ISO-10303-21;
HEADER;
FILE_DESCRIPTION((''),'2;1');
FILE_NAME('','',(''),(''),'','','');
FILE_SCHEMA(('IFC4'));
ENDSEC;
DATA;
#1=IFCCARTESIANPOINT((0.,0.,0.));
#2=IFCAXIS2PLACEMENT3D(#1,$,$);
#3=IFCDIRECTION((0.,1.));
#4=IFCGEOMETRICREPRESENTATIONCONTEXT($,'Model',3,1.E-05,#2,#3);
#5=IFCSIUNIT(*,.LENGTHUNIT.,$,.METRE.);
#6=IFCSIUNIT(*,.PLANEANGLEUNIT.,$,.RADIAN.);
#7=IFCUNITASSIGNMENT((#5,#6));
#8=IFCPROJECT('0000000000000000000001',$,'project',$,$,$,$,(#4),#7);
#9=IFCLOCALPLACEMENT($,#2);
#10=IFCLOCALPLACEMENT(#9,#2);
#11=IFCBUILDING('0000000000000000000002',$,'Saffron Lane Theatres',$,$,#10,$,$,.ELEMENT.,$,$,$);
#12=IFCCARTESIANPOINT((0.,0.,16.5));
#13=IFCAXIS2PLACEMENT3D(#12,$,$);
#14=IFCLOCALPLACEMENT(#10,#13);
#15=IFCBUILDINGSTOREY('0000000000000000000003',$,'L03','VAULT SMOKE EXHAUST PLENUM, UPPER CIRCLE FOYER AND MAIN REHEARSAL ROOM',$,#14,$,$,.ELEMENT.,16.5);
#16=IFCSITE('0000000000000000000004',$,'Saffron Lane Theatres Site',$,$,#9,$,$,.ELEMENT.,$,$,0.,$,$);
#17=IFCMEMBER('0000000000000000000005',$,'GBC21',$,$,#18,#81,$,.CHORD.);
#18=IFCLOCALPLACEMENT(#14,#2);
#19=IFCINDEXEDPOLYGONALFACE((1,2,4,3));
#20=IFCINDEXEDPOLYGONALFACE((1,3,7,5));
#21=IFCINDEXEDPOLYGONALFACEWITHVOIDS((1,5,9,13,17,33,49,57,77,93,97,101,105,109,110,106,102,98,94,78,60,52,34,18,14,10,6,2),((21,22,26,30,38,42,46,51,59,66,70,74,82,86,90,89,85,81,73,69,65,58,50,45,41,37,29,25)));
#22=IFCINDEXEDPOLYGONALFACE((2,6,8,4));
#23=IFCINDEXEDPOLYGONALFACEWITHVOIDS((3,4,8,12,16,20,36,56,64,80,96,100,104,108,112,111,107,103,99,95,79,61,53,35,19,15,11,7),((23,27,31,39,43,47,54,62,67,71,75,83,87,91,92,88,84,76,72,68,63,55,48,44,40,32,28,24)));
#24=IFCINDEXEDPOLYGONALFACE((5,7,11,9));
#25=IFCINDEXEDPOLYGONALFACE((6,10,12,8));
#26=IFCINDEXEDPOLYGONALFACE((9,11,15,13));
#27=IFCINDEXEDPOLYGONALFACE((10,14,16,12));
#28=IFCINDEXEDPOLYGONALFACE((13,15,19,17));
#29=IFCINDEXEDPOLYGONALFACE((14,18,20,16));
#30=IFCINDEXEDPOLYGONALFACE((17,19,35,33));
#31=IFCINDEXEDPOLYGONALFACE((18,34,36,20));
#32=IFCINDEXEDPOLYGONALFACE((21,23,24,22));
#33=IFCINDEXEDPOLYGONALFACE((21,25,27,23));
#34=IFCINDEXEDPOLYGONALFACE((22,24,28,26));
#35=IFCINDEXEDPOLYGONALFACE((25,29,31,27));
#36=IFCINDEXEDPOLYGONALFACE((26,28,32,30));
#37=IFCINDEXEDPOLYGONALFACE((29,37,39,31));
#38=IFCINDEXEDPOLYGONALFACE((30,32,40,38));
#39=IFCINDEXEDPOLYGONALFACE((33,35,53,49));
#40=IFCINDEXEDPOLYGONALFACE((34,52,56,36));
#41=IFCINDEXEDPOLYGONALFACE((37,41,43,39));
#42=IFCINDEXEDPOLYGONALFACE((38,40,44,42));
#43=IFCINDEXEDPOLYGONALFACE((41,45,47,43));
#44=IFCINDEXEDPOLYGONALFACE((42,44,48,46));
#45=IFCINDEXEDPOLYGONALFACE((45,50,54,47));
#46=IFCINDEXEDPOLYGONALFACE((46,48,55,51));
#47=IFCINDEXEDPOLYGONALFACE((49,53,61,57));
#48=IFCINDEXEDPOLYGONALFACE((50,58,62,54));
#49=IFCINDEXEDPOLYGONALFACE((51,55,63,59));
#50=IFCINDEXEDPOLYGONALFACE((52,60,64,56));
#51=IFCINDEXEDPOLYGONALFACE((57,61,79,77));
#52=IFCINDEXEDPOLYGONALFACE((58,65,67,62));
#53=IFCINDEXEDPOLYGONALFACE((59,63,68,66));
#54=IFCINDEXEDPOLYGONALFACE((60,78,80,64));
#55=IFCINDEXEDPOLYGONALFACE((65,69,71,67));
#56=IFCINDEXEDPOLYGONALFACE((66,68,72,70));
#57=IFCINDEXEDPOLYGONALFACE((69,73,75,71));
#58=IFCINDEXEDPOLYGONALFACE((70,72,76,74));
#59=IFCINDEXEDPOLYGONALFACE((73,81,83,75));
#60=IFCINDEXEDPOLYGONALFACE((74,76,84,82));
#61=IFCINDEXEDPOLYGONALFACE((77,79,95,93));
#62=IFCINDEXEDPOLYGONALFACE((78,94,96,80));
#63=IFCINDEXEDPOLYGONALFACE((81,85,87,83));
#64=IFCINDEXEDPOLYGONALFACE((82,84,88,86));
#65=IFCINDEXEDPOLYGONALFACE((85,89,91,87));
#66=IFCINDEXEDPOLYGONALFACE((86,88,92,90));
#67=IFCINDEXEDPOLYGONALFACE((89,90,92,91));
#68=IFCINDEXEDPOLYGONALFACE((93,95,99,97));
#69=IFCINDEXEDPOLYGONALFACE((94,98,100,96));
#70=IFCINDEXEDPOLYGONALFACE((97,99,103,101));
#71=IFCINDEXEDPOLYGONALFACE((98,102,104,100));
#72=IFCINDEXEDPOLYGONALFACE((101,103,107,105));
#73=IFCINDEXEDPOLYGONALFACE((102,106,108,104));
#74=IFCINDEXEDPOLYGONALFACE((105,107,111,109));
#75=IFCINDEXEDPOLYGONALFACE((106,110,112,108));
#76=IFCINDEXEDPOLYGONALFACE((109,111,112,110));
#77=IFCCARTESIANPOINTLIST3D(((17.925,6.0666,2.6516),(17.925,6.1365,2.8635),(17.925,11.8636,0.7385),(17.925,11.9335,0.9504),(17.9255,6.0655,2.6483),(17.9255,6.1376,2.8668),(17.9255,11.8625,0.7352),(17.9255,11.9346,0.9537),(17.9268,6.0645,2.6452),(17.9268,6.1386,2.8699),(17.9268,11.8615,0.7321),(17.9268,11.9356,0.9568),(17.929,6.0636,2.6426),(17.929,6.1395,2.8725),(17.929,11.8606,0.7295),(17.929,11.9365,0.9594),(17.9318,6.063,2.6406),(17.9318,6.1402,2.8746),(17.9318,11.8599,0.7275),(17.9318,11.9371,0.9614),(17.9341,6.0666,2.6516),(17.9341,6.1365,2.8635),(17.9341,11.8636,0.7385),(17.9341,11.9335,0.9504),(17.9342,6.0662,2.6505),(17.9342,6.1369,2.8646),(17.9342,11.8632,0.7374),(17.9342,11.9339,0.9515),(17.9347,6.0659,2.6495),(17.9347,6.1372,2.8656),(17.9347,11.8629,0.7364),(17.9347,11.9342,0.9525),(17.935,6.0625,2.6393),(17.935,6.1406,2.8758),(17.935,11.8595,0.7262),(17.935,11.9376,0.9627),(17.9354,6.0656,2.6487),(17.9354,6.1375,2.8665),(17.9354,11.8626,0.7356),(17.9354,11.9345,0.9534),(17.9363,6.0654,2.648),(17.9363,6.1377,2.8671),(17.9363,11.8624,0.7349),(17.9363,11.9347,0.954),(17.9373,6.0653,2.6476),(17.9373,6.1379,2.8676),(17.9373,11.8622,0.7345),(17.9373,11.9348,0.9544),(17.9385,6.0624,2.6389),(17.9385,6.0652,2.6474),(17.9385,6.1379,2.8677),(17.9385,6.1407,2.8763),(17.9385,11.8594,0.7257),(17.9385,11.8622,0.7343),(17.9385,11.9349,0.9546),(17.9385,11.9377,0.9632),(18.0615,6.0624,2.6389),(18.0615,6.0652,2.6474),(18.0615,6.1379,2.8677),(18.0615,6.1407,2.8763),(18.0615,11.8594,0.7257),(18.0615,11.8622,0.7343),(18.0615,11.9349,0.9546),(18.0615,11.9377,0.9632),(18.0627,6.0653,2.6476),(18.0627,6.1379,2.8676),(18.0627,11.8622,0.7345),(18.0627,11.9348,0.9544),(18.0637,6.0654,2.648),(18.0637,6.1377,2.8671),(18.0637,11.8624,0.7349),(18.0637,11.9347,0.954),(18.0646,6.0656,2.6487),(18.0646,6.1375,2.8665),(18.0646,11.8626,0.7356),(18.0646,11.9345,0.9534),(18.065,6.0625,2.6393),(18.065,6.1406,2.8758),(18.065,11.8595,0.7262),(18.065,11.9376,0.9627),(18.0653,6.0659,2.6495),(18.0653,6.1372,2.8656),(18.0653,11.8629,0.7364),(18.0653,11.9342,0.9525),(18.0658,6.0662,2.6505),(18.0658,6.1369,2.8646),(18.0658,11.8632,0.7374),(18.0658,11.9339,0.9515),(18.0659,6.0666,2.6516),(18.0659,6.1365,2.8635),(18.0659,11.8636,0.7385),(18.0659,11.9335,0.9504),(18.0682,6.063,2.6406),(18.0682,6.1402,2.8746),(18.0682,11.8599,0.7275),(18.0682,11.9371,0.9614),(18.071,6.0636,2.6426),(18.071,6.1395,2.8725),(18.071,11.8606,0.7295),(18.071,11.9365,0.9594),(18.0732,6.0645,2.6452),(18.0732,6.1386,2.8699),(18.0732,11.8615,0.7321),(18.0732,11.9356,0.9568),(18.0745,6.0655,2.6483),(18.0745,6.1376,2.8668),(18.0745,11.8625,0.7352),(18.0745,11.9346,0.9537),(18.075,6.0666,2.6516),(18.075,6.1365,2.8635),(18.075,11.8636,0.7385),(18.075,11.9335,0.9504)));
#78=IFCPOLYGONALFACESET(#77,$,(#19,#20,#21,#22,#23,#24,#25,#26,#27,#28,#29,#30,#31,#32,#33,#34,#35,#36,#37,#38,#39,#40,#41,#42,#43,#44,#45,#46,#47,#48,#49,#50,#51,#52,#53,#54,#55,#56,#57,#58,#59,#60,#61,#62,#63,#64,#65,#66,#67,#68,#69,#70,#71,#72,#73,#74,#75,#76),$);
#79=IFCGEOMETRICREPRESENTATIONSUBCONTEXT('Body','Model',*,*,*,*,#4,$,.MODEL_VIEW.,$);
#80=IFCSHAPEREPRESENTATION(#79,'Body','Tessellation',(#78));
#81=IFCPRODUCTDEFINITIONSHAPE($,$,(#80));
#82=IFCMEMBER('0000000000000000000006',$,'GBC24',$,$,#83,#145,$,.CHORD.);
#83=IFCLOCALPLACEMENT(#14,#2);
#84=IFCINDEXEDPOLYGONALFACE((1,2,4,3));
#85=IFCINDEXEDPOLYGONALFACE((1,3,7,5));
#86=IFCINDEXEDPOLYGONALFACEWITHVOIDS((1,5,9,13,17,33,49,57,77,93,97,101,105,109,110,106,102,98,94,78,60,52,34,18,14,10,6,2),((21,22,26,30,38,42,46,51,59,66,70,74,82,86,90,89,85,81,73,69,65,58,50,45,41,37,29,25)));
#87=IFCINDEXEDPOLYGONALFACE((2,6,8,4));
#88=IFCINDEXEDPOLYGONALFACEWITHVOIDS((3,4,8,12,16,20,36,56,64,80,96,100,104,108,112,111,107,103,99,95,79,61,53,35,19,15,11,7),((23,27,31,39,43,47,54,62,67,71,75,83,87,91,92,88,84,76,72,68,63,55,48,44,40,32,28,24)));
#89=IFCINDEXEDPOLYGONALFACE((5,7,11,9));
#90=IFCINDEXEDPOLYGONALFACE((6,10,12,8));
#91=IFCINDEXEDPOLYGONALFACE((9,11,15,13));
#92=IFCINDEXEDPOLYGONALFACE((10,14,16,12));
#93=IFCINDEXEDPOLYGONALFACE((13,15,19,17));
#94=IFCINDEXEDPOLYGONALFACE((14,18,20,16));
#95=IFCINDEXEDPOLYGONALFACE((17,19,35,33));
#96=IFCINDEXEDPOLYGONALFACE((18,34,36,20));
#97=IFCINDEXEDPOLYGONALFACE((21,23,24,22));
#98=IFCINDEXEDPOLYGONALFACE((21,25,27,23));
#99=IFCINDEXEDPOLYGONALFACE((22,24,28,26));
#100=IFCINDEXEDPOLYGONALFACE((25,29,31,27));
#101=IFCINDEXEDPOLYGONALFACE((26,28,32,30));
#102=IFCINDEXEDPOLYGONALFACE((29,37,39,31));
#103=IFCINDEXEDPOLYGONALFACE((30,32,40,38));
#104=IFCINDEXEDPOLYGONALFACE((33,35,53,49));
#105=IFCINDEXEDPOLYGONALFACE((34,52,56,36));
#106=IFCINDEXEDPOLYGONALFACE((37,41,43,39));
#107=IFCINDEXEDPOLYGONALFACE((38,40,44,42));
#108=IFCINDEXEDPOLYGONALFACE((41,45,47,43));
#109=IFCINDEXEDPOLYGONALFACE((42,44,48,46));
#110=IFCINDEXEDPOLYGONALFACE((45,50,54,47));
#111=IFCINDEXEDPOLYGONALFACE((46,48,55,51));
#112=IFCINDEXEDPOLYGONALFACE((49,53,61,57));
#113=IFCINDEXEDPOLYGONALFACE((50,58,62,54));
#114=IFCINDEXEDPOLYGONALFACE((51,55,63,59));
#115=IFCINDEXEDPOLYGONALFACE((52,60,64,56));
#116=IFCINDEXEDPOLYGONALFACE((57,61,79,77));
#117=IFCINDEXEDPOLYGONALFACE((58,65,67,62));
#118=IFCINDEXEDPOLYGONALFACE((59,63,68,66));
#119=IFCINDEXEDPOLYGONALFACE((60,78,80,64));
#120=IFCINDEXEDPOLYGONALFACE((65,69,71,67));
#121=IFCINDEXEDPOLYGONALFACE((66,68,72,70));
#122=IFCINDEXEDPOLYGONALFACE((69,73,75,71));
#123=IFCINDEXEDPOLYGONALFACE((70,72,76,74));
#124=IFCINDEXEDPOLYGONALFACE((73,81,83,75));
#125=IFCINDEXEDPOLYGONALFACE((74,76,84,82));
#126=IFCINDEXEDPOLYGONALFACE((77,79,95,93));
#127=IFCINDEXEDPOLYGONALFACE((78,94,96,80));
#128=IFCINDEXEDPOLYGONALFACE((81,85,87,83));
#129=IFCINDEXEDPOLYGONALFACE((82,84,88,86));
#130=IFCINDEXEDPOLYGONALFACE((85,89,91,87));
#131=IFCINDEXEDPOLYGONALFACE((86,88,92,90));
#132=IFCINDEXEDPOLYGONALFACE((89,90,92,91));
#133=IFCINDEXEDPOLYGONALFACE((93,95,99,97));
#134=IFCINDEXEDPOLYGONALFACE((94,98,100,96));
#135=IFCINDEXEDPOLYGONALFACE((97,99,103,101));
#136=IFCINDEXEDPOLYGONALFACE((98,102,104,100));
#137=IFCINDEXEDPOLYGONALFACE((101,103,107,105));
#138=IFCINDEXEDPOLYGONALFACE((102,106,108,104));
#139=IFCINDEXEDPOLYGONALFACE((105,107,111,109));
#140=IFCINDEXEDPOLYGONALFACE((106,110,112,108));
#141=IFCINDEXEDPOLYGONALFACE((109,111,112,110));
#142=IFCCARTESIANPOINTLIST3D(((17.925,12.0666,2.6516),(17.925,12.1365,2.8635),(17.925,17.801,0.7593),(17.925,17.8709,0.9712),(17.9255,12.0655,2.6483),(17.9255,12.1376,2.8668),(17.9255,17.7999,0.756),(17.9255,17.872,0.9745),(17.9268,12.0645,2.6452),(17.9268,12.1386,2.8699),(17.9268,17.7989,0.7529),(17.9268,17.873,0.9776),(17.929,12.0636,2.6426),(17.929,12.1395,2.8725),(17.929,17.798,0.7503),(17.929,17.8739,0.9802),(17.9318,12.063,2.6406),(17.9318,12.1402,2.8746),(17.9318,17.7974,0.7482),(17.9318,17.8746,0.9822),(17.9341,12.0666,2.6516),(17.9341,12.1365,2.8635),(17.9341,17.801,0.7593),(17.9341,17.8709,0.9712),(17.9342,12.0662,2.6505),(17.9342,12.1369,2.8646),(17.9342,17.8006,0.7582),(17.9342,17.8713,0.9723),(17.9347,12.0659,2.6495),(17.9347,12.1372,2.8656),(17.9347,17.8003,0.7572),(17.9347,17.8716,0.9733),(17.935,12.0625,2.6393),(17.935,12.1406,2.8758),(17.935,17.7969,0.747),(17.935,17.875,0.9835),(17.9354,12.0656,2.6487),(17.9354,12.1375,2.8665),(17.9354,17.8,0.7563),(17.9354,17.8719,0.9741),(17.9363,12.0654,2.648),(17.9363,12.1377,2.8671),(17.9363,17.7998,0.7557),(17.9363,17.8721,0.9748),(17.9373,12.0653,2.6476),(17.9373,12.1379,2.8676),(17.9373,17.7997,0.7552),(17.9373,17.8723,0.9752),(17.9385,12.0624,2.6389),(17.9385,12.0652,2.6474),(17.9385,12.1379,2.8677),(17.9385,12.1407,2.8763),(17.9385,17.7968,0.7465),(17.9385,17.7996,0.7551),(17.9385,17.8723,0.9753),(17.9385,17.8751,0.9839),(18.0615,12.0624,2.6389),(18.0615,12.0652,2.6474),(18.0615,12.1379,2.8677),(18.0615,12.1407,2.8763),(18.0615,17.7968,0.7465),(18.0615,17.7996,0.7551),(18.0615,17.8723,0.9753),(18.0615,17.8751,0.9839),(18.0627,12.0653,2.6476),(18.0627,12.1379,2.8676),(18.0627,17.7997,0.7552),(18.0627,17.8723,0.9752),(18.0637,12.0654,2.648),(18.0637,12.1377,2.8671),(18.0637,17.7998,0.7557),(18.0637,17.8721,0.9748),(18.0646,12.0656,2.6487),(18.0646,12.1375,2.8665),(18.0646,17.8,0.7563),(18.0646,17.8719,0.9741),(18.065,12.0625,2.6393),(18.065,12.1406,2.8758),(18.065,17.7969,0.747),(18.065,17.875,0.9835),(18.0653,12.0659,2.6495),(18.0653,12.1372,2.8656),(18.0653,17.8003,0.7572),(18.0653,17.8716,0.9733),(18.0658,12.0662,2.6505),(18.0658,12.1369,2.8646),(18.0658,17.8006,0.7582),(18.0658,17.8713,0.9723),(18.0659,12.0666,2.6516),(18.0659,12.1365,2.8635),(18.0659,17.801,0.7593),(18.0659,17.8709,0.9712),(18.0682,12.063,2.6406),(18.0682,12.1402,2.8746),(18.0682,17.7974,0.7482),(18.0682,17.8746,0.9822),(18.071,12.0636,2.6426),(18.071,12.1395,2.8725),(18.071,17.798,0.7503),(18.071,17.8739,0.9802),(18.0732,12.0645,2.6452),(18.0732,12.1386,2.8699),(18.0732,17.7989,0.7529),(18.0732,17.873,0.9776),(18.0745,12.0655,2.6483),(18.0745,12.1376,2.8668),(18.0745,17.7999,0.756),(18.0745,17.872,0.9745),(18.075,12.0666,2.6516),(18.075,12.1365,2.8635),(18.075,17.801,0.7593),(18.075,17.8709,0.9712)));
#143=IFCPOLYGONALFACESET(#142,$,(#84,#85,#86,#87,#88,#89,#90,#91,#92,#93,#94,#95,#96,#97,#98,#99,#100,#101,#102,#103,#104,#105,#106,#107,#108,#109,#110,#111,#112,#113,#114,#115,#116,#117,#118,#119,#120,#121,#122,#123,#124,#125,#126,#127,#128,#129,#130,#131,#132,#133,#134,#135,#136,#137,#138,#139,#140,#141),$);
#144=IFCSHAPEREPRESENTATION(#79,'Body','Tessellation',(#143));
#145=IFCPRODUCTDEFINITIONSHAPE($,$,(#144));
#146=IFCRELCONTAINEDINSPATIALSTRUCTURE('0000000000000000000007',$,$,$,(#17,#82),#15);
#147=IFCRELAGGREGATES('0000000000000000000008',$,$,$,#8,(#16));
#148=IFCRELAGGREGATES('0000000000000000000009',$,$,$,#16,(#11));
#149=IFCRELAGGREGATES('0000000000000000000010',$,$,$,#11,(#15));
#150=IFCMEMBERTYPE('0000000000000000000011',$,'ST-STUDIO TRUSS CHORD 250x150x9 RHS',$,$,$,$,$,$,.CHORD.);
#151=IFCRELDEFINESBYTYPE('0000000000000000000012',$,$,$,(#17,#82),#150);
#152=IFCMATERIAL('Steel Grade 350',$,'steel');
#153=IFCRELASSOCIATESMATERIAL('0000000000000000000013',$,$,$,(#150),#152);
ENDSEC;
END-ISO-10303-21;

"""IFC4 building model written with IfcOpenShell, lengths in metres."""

from ifc_helpers import new_model, si_unit, direction, frame, origin, origin_2d, place, context, subcontext, project, spatial, hollow_rectangle, extrude, material, material_profile, profile_set, type_object, element, save


model = new_model("IFC4")

# Units and contexts
model_context = context("Model", 3, precision=1e-05, world=origin(), true_north=direction((0.0, 1.0)))
body_context = subcontext(model_context, "Body", "Model", "MODEL_VIEW")
ifc_project = project(units=[si_unit("LENGTHUNIT", "METRE"), si_unit("PLANEANGLEUNIT", "RADIAN")], contexts=[model_context])

# Site, building, storey
site_placement = place(None, origin())
site = spatial("IfcSite", under=ifc_project, at=site_placement, Name="Saffron Lane Theatres Site", CompositionType="ELEMENT", RefElevation=0.0)
building_placement = place(site_placement, origin())
building = spatial("IfcBuilding", under=site, at=building_placement, Name="Saffron Lane Theatres", CompositionType="ELEMENT")
storey_placement = place(building_placement, frame((0.0, 0.0, 16.5)))
storey = spatial("IfcBuildingStorey", under=building, at=storey_placement, Name="L03", Description="VAULT SMOKE EXHAUST PLENUM, UPPER CIRCLE FOYER AND MAIN REHEARSAL ROOM", CompositionType="ELEMENT", Elevation=16.5)

# Members
ifc_material_1 = material(Name="Steel Grade 350", Category="steel")
ifc_material_profile_1 = material_profile(ifc_material_1, hollow_rectangle(XDim=0.1499, YDim=0.25, WallThickness=0.009, InnerFilletRadius=0.0044, OuterFilletRadius=0.0134, at=origin_2d()))
ifc_profile_set_1 = profile_set([ifc_material_profile_1], Name="Steel Grade 350")
member_type_1 = type_object("IfcMemberType", Name="ST-STUDIO TRUSS CHORD 250x150x9 RHS", PredefinedType="CHORD", material=ifc_profile_set_1)
member_1_placement = place(storey_placement, frame((18.0, 6.1016, 2.7576), z_axis=(0.0, 0.949623, -0.313395), x_axis=(-1.0, 0.0, 0.0)))
element("IfcMember", 1, at=member_1_placement, inside=storey, type_object=member_type_1, Name="GBC21", PredefinedType="CHORD", context=body_context, shape_type="SweptSolid", body=[
    extrude(hollow_rectangle(XDim=0.1499, YDim=0.25, WallThickness=0.009, InnerFilletRadius=0.0044, OuterFilletRadius=0.0134, at=origin_2d()), origin(), (0.0, 0.0, 1.0), 6.1045),
])
member_2_placement = place(storey_placement, frame((18.0, 12.1016, 2.7576), z_axis=(0.0, 0.949629, -0.313376), x_axis=(-1.0, 0.0, 0.0)))
element("IfcMember", 2, at=member_2_placement, inside=storey, type_object=member_type_1, Name="GBC24", PredefinedType="CHORD", context=body_context, shape_type="SweptSolid", body=[
    extrude(hollow_rectangle(XDim=0.1499, YDim=0.25, WallThickness=0.009, InnerFilletRadius=0.0044, OuterFilletRadius=0.0134, at=origin_2d()), origin(), (0.0, 0.0, 1.0), 6.0386),
])

save(model, "model.ifc")
